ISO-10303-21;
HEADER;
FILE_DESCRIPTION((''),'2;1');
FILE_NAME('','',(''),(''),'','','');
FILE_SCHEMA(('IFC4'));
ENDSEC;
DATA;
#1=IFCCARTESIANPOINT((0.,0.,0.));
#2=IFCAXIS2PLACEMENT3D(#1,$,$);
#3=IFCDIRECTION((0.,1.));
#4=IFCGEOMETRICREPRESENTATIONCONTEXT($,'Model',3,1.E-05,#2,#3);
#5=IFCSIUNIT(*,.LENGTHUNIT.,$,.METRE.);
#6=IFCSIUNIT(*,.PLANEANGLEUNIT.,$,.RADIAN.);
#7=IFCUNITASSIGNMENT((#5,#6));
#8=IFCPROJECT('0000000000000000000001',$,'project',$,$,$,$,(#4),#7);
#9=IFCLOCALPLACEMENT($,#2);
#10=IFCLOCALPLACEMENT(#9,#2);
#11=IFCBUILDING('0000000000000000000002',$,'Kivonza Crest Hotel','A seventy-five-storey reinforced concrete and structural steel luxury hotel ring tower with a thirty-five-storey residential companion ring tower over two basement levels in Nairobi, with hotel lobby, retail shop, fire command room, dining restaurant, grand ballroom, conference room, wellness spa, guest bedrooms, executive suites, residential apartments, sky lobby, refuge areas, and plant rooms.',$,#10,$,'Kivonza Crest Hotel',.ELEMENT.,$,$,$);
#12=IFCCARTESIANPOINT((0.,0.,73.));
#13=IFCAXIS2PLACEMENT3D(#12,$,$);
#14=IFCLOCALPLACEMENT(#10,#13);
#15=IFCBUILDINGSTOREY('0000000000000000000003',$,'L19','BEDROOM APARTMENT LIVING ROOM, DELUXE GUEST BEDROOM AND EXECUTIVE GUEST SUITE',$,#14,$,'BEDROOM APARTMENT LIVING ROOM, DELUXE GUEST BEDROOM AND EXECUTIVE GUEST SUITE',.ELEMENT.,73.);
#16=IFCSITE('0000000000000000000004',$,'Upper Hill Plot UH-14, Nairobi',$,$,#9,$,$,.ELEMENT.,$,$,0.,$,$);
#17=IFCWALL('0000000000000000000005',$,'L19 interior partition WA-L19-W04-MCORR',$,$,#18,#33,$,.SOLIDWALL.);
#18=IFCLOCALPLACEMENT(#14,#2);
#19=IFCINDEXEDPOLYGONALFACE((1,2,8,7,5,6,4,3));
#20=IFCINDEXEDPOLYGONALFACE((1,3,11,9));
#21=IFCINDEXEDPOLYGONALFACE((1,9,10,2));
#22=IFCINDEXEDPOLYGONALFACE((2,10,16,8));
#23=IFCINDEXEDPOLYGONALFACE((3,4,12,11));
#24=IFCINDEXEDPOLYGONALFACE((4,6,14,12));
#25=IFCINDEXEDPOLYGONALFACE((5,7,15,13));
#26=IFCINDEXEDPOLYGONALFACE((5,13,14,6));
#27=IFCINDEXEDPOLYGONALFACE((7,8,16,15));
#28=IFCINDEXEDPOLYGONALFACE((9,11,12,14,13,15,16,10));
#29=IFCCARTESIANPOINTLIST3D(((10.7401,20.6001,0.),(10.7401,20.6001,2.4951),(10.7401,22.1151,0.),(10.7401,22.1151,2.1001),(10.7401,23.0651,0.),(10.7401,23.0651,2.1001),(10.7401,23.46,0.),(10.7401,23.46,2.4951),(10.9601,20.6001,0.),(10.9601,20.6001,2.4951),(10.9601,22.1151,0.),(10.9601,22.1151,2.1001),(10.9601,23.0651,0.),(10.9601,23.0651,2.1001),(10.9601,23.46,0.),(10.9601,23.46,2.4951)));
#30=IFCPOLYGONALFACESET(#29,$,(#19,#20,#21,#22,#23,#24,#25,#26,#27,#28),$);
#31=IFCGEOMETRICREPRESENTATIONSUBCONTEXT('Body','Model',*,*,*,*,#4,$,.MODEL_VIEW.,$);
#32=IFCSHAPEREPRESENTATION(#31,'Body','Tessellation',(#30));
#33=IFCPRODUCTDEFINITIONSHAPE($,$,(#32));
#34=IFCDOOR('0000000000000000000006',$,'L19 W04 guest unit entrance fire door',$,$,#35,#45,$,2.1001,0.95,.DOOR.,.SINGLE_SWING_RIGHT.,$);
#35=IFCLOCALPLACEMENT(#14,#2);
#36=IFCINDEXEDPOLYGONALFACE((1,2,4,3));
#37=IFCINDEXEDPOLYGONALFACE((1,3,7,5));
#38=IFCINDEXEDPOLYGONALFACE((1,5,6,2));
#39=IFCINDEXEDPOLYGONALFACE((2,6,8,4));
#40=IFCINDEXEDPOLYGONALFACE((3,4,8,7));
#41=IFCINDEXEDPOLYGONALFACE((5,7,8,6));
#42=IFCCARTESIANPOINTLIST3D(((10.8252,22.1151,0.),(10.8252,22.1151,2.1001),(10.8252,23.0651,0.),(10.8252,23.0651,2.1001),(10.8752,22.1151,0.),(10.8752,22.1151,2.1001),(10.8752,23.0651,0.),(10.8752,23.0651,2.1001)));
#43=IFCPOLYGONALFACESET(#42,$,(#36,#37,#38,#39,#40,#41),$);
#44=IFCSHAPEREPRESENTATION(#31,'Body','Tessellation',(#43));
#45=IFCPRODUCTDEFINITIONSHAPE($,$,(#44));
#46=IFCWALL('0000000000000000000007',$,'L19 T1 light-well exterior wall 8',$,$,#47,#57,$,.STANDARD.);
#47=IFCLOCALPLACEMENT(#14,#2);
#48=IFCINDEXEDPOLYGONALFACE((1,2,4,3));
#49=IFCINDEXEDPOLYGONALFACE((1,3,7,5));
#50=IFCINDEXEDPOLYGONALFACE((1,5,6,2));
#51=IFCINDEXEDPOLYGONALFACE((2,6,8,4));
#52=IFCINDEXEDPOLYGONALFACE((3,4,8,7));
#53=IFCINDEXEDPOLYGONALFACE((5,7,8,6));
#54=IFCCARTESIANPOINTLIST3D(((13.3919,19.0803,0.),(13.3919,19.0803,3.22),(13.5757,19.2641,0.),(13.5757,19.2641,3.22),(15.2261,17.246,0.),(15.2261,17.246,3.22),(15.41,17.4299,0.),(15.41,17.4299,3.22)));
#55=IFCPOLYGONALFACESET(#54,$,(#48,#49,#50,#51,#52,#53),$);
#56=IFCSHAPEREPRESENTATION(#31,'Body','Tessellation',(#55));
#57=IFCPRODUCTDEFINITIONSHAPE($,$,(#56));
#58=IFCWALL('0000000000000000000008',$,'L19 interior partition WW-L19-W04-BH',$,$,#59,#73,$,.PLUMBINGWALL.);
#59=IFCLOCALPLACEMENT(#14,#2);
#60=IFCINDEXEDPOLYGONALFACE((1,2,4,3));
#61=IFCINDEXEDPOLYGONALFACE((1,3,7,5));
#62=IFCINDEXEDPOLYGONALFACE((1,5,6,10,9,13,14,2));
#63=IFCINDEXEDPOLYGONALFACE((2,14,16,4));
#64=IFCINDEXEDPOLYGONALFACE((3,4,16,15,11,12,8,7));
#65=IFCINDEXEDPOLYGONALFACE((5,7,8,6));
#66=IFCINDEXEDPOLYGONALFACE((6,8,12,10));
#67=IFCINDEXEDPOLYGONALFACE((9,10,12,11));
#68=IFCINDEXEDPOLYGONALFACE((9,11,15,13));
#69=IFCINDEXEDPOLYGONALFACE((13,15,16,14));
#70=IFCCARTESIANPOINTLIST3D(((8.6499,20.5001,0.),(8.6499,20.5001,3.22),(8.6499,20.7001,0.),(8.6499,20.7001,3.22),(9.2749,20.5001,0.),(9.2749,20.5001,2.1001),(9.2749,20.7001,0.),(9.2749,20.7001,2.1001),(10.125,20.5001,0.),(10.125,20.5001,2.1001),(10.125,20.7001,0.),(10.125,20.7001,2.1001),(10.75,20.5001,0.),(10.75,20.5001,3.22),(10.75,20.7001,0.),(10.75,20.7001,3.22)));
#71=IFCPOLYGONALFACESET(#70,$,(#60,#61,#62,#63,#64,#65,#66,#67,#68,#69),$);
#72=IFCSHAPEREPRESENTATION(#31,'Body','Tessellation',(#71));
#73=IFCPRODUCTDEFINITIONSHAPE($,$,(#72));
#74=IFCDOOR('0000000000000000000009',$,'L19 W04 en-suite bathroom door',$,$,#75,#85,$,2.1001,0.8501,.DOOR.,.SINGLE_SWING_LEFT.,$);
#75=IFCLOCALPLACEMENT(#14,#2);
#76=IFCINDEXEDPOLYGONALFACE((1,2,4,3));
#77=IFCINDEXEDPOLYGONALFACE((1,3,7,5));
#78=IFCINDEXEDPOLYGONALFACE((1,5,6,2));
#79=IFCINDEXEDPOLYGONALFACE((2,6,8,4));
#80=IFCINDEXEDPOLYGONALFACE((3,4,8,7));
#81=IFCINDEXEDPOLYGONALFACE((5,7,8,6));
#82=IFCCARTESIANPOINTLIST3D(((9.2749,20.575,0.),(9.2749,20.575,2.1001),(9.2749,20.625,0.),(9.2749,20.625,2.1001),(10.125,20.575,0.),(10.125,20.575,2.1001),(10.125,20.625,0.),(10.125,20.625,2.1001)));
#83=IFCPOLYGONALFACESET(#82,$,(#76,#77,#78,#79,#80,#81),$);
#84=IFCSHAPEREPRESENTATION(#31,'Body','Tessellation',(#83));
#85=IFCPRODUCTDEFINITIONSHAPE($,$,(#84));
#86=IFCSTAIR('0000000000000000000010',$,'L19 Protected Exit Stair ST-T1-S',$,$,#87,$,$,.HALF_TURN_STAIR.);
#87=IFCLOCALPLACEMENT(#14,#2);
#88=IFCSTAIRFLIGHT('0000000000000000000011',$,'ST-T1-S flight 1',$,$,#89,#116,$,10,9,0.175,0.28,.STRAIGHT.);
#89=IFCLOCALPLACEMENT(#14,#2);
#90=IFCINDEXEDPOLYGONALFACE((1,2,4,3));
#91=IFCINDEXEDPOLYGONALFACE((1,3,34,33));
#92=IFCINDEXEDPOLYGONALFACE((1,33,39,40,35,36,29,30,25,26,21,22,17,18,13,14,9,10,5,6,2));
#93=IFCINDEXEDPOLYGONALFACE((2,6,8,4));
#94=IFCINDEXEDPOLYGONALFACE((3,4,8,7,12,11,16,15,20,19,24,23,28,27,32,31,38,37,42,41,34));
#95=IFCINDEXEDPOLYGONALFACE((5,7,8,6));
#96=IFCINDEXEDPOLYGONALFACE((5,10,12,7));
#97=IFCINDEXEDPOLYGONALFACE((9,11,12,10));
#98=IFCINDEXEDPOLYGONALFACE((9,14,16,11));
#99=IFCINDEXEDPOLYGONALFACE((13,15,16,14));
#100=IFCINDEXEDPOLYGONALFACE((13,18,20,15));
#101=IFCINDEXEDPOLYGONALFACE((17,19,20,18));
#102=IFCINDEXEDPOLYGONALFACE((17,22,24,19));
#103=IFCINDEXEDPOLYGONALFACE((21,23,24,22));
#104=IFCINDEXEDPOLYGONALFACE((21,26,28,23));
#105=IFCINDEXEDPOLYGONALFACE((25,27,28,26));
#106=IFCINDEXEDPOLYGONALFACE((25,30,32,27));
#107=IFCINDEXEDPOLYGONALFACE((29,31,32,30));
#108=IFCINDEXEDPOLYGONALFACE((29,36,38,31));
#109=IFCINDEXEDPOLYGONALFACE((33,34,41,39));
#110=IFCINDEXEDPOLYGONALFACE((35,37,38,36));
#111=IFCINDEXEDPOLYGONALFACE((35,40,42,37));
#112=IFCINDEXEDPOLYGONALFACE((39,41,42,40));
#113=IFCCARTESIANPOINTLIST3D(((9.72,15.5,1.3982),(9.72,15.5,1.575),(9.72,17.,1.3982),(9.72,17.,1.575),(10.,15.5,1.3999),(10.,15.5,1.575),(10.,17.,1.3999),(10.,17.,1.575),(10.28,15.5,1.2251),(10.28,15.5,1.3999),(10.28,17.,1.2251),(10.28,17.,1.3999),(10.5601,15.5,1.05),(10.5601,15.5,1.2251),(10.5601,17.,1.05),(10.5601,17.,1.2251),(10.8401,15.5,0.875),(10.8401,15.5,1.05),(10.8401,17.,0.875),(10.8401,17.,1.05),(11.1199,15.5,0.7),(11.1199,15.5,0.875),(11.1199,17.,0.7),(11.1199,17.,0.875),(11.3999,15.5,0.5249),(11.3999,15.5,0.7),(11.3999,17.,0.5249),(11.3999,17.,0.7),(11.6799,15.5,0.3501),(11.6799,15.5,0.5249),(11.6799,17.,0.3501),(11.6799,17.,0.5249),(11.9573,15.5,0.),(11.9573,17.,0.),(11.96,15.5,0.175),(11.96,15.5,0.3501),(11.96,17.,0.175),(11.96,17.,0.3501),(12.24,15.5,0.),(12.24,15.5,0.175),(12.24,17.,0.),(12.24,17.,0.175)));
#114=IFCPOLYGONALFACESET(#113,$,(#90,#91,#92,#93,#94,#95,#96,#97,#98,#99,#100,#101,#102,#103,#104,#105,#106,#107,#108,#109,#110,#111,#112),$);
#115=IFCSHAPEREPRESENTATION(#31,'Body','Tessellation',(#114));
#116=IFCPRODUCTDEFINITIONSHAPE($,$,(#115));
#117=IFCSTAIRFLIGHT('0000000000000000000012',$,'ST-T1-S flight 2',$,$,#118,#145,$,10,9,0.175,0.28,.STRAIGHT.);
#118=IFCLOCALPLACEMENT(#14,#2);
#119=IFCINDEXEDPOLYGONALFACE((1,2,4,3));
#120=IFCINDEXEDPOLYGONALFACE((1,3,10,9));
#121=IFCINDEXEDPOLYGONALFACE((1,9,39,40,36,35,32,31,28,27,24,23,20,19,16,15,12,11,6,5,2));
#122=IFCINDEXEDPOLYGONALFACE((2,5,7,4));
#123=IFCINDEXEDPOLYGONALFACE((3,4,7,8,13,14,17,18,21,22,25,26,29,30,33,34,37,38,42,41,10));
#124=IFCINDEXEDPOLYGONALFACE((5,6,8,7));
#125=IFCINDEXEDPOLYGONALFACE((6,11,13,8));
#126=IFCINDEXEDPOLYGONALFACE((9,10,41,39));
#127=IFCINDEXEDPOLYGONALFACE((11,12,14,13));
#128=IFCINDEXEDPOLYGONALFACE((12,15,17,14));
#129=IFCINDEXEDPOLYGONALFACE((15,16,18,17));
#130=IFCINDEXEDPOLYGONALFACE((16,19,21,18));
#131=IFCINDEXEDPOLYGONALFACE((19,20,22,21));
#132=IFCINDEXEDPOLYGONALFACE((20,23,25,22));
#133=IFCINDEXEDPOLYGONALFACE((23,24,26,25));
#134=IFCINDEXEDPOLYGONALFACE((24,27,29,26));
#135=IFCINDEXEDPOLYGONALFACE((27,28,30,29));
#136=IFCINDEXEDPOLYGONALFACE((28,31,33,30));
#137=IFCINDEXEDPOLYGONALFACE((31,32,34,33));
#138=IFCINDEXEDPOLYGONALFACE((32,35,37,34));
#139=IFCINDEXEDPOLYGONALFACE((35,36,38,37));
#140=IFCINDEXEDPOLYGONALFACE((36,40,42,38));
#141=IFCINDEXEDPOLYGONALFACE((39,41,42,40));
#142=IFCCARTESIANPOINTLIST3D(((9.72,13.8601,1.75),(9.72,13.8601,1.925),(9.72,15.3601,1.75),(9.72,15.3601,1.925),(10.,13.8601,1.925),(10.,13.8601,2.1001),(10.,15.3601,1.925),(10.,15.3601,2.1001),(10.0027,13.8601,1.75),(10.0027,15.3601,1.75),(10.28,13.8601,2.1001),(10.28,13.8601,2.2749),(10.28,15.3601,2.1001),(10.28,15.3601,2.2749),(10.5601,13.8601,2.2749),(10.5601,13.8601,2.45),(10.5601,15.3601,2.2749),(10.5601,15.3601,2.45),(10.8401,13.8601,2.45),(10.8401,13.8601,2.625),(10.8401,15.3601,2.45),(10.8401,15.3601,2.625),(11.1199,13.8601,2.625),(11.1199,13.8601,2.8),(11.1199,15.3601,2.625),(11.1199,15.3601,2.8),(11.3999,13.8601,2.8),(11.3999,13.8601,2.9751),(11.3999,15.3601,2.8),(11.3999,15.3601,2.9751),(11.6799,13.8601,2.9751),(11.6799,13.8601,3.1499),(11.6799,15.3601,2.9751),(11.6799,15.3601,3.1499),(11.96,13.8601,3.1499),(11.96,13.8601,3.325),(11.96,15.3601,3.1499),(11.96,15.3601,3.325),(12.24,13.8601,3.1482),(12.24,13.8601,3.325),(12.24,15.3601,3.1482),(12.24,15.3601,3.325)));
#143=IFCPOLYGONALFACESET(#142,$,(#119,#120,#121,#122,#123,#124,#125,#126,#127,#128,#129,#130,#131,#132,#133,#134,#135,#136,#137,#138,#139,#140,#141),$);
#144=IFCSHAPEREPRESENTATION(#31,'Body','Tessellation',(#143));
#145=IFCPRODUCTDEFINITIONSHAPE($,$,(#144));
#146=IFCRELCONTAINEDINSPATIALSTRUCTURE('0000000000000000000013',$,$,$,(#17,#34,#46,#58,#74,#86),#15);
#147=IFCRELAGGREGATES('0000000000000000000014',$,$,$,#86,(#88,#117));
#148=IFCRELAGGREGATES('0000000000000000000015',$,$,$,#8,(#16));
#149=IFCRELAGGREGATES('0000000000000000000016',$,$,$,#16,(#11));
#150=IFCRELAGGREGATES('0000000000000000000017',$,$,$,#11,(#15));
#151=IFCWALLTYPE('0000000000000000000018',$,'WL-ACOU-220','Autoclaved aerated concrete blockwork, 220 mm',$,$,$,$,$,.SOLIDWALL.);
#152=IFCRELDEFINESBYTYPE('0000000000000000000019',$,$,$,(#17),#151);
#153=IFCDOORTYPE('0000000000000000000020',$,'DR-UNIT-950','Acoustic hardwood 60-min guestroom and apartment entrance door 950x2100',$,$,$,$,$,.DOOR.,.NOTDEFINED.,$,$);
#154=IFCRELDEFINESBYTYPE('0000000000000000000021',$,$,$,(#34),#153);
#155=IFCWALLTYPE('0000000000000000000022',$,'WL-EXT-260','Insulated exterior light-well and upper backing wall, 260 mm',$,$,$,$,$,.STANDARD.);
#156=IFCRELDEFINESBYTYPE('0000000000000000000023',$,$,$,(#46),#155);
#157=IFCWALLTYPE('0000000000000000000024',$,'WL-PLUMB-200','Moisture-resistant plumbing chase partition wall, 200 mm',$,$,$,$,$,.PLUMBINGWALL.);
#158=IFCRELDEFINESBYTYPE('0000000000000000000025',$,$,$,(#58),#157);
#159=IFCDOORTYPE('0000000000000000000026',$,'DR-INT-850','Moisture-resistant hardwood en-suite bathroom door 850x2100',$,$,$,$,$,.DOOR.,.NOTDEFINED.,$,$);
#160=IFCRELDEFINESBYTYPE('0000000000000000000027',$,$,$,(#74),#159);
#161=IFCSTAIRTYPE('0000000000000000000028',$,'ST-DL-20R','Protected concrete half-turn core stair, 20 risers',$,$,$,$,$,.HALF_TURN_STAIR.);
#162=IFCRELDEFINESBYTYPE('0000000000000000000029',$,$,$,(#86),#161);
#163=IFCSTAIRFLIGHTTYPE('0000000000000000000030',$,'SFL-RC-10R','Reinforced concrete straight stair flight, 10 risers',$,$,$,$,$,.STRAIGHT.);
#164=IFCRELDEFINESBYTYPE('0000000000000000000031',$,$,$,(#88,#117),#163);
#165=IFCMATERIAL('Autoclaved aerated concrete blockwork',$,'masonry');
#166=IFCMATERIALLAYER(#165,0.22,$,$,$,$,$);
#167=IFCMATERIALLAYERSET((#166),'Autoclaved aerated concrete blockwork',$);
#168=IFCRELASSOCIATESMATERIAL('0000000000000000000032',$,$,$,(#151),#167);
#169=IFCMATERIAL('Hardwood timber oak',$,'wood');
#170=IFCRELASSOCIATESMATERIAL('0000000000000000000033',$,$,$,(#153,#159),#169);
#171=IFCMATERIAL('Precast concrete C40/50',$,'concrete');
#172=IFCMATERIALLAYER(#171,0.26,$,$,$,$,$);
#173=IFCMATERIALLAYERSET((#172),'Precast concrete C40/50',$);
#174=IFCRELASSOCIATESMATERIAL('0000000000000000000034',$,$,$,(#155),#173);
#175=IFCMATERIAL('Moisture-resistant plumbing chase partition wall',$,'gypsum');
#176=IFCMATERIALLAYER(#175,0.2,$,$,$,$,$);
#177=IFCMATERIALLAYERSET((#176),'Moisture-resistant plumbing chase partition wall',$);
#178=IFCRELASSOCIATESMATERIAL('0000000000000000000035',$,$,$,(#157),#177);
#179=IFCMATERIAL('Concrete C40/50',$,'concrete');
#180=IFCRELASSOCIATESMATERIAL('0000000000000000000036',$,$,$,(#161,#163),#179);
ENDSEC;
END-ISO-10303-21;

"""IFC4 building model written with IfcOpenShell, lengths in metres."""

from ifc_helpers import new_model, si_unit, direction, frame, frame_2d, origin, place, context, subcontext, project, spatial, polyline, rectangle, outline, extrude, material, layer, layer_set, type_object, element, fill, aggregate, save


model = new_model("IFC4")

# Units and contexts
model_context = context("Model", 3, precision=1e-05, world=origin(), true_north=direction((0.0, 1.0)))
body_context = subcontext(model_context, "Body", "Model", "MODEL_VIEW")
ifc_project = project(units=[si_unit("LENGTHUNIT", "METRE"), si_unit("PLANEANGLEUNIT", "RADIAN")], contexts=[model_context])

# Site, building, storey
site_placement = place(None, origin())
site = spatial("IfcSite", under=ifc_project, at=site_placement, Name="Upper Hill Plot UH-14, Nairobi", CompositionType="ELEMENT", RefElevation=0.0)
building_placement = place(site_placement, origin())
building = spatial("IfcBuilding", under=site, at=building_placement, Name="Kivonza Crest Hotel", Description="A seventy-five-storey reinforced concrete and structural steel luxury hotel ring tower with a thirty-five-storey residential companion ring tower over two basement levels in Nairobi, with hotel lobby, retail shop, fire command room, dining restaurant, grand ballroom, conference room, wellness spa, guest bedrooms, executive suites, residential apartments, sky lobby, refuge areas, and plant rooms.", LongName="Kivonza Crest Hotel", CompositionType="ELEMENT")
storey_placement = place(building_placement, frame((0.0, 0.0, 73.0)))
storey = spatial("IfcBuildingStorey", under=building, at=storey_placement, Name="L19", Description="BEDROOM APARTMENT LIVING ROOM, DELUXE GUEST BEDROOM AND EXECUTIVE GUEST SUITE", LongName="BEDROOM APARTMENT LIVING ROOM, DELUXE GUEST BEDROOM AND EXECUTIVE GUEST SUITE", CompositionType="ELEMENT", Elevation=73.0)

# Shared definitions
ifc_material_1 = material(Name="Autoclaved aerated concrete blockwork", Category="masonry")
ifc_layer_1 = layer(ifc_material_1, 0.22)
ifc_layer_set_1 = layer_set([ifc_layer_1], Name="Autoclaved aerated concrete blockwork")
wall_type_1 = type_object("IfcWallType", Name="WL-ACOU-220", Description="Autoclaved aerated concrete blockwork, 220 mm", PredefinedType="SOLIDWALL", material=ifc_layer_set_1)
ifc_material_2 = material(Name="Hardwood timber oak", Category="wood")

# Wall, opening, door
wall_1_placement = place(storey_placement, frame((10.8501, 20.6001, 0.0), z_axis=(0.0, 0.0, 1.0), x_axis=(0.0, 1.0, 0.0)))
wall_1 = element("IfcWall", 1, at=wall_1_placement, inside=storey, type_object=wall_type_1, Name="L19 interior partition WA-L19-W04-MCORR", PredefinedType="SOLIDWALL", context=body_context, shape_type="SweptSolid", body=[
    extrude(rectangle(XDim=2.8599, YDim=0.22, at=frame_2d((1.4299, 0.0))), origin(), (0.0, 0.0, 1.0), 2.4951),
])
opening_1_placement = place(wall_1_placement, frame((1.5149, 0.0, 0.0)))
opening_1 = element("IfcOpeningElement", 2, at=opening_1_placement, cuts=wall_1, PredefinedType="OPENING", context=body_context, shape_type="SweptSolid", body=[
    extrude(rectangle(XDim=0.95, YDim=2.1001, at=frame_2d((0.4751, 1.05))), frame((0.0, 0.1201, 0.0), z_axis=(0.0, -1.0, 0.0), x_axis=(1.0, 0.0, 0.0)), (0.0, 0.0, 1.0), 0.24),
])
door_type_1 = type_object("IfcDoorType", Name="DR-UNIT-950", Description="Acoustic hardwood 60-min guestroom and apartment entrance door 950x2100", OperationType="NOTDEFINED", PredefinedType="DOOR", material=ifc_material_2)
door_1_placement = place(opening_1_placement, origin())
door_1 = element("IfcDoor", 3, at=door_1_placement, inside=storey, type_object=door_type_1, Name="L19 W04 guest unit entrance fire door", OperationType="SINGLE_SWING_RIGHT", OverallHeight=2.1001, OverallWidth=0.95, PredefinedType="DOOR", context=body_context, shape_type="SweptSolid", body=[
    extrude(rectangle(XDim=0.95, YDim=2.1001, at=frame_2d((0.4751, 1.05))), frame((0.0, 0.0249, 0.0), z_axis=(0.0, -1.0, 0.0), x_axis=(1.0, 0.0, 0.0)), (0.0, 0.0, 1.0), 0.05),
])
fill(opening_1, door_1)

# Wall
ifc_material_3 = material(Name="Precast concrete C40/50", Category="concrete")
ifc_layer_2 = layer(ifc_material_3, 0.26)
ifc_layer_set_2 = layer_set([ifc_layer_2], Name="Precast concrete C40/50")
wall_type_2 = type_object("IfcWallType", Name="WL-EXT-260", Description="Insulated exterior light-well and upper backing wall, 260 mm", PredefinedType="STANDARD", material=ifc_layer_set_2)
wall_2_placement = place(storey_placement, frame((13.4839, 19.1721, 0.0), z_axis=(0.0, 0.0, 1.0), x_axis=(0.707107, -0.707107, 0.0)))
element("IfcWall", 4, at=wall_2_placement, inside=storey, type_object=wall_type_2, Name="L19 T1 light-well exterior wall 8", PredefinedType="STANDARD", context=body_context, shape_type="SweptSolid", body=[
    extrude(rectangle(XDim=2.594, YDim=0.26, at=frame_2d((1.2969, 0.0))), origin(), (0.0, 0.0, 1.0), 3.22),
])

# Wall, opening, door
ifc_material_4 = material(Name="Moisture-resistant plumbing chase partition wall", Category="gypsum")
ifc_layer_3 = layer(ifc_material_4, 0.2)
ifc_layer_set_3 = layer_set([ifc_layer_3], Name="Moisture-resistant plumbing chase partition wall")
wall_type_3 = type_object("IfcWallType", Name="WL-PLUMB-200", Description="Moisture-resistant plumbing chase partition wall, 200 mm", PredefinedType="PLUMBINGWALL", material=ifc_layer_set_3)
wall_3_placement = place(storey_placement, frame((8.6499, 20.6001, 0.0), z_axis=(0.0, 0.0, 1.0), x_axis=(1.0, 0.0, 0.0)))
wall_3 = element("IfcWall", 5, at=wall_3_placement, inside=storey, type_object=wall_type_3, Name="L19 interior partition WW-L19-W04-BH", PredefinedType="PLUMBINGWALL", context=body_context, shape_type="SweptSolid", body=[
    extrude(rectangle(XDim=2.1001, YDim=0.2, at=frame_2d((1.05, 0.0))), origin(), (0.0, 0.0, 1.0), 3.22),
])
opening_2_placement = place(wall_3_placement, frame((0.625, 0.0, 0.0)))
opening_2 = element("IfcOpeningElement", 6, at=opening_2_placement, cuts=wall_3, PredefinedType="OPENING", context=body_context, shape_type="SweptSolid", body=[
    extrude(rectangle(XDim=0.8501, YDim=2.1001, at=frame_2d((0.425, 1.05))), frame((0.0, 0.1099, 0.0), z_axis=(0.0, -1.0, 0.0), x_axis=(1.0, 0.0, 0.0)), (0.0, 0.0, 1.0), 0.22),
])
door_type_2 = type_object("IfcDoorType", Name="DR-INT-850", Description="Moisture-resistant hardwood en-suite bathroom door 850x2100", OperationType="NOTDEFINED", PredefinedType="DOOR", material=ifc_material_2)
door_2_placement = place(opening_2_placement, origin())
door_2 = element("IfcDoor", 7, at=door_2_placement, inside=storey, type_object=door_type_2, Name="L19 W04 en-suite bathroom door", OperationType="SINGLE_SWING_LEFT", OverallHeight=2.1001, OverallWidth=0.8501, PredefinedType="DOOR", context=body_context, shape_type="SweptSolid", body=[
    extrude(rectangle(XDim=0.8501, YDim=2.1001, at=frame_2d((0.425, 1.05))), frame((0.0, 0.0249, 0.0), z_axis=(0.0, -1.0, 0.0), x_axis=(1.0, 0.0, 0.0)), (0.0, 0.0, 1.0), 0.05),
])
fill(opening_2, door_2)

# Stair, stair flights
ifc_material_5 = material(Name="Concrete C40/50", Category="concrete")
stair_type = type_object("IfcStairType", Name="ST-DL-20R", Description="Protected concrete half-turn core stair, 20 risers", PredefinedType="HALF_TURN_STAIR", material=ifc_material_5)
stair_placement = place(storey_placement, origin())
stair = element("IfcStair", 8, at=stair_placement, inside=storey, type_object=stair_type, Name="L19 Protected Exit Stair ST-T1-S", PredefinedType="HALF_TURN_STAIR")
stair_flight_type = type_object("IfcStairFlightType", Name="SFL-RC-10R", Description="Reinforced concrete straight stair flight, 10 risers", PredefinedType="STRAIGHT", material=ifc_material_5)
stair_flight_1_placement = place(storey_placement, frame((12.24, 16.25, 0.0), z_axis=(0.0, 0.0, 1.0), x_axis=(-1.0, 0.0, 0.0)))
stair_flight_1 = element("IfcStairFlight", 9, at=stair_flight_1_placement, type_object=stair_flight_type, Name="ST-T1-S flight 1", NumberOfRisers=10, NumberOfTreads=9, PredefinedType="STRAIGHT", RiserHeight=0.175, TreadLength=0.28, context=body_context, shape_type="SweptSolid", body=[
    extrude(outline(polyline([(0.0, 0.0), (0.0, 0.175), (0.28, 0.175), (0.28, 0.3501), (0.5601, 0.3501), (0.5601, 0.5249), (0.8401, 0.5249), (0.8401, 0.7), (1.1201, 0.7), (1.1201, 0.875), (1.3999, 0.875), (1.3999, 1.05), (1.6799, 1.05), (1.6799, 1.2251), (1.96, 1.2251), (1.96, 1.3999), (2.24, 1.3999), (2.24, 1.575), (2.52, 1.575), (2.52, 1.75), (2.52, 1.3982), (0.2827, 0.0), (0.0, 0.0)])), frame((0.0, 0.75, 0.0), z_axis=(0.0, -1.0, 0.0), x_axis=(1.0, 0.0, 0.0)), (0.0, 0.0, 1.0), 1.5),
])
stair_flight_2_placement = place(storey_placement, frame((9.72, 14.6101, 1.75), z_axis=(0.0, 0.0, 1.0), x_axis=(1.0, 0.0, 0.0)))
stair_flight_2 = element("IfcStairFlight", 10, at=stair_flight_2_placement, type_object=stair_flight_type, Name="ST-T1-S flight 2", NumberOfRisers=10, NumberOfTreads=9, PredefinedType="STRAIGHT", RiserHeight=0.175, TreadLength=0.28, context=body_context, shape_type="SweptSolid", body=[
    extrude(outline(polyline([(0.0, 0.0), (0.0, 0.175), (0.28, 0.175), (0.28, 0.3501), (0.5601, 0.3501), (0.5601, 0.5249), (0.8401, 0.5249), (0.8401, 0.7), (1.1201, 0.7), (1.1201, 0.875), (1.3999, 0.875), (1.3999, 1.05), (1.6799, 1.05), (1.6799, 1.2251), (1.96, 1.2251), (1.96, 1.3999), (2.24, 1.3999), (2.24, 1.575), (2.52, 1.575), (2.52, 1.75), (2.52, 1.3982), (0.2827, 0.0), (0.0, 0.0)])), frame((0.0, 0.75, 0.0), z_axis=(0.0, -1.0, 0.0), x_axis=(1.0, 0.0, 0.0)), (0.0, 0.0, 1.0), 1.5),
])
aggregate(stair, [stair_flight_1, stair_flight_2])

save(model, "model.ifc")
